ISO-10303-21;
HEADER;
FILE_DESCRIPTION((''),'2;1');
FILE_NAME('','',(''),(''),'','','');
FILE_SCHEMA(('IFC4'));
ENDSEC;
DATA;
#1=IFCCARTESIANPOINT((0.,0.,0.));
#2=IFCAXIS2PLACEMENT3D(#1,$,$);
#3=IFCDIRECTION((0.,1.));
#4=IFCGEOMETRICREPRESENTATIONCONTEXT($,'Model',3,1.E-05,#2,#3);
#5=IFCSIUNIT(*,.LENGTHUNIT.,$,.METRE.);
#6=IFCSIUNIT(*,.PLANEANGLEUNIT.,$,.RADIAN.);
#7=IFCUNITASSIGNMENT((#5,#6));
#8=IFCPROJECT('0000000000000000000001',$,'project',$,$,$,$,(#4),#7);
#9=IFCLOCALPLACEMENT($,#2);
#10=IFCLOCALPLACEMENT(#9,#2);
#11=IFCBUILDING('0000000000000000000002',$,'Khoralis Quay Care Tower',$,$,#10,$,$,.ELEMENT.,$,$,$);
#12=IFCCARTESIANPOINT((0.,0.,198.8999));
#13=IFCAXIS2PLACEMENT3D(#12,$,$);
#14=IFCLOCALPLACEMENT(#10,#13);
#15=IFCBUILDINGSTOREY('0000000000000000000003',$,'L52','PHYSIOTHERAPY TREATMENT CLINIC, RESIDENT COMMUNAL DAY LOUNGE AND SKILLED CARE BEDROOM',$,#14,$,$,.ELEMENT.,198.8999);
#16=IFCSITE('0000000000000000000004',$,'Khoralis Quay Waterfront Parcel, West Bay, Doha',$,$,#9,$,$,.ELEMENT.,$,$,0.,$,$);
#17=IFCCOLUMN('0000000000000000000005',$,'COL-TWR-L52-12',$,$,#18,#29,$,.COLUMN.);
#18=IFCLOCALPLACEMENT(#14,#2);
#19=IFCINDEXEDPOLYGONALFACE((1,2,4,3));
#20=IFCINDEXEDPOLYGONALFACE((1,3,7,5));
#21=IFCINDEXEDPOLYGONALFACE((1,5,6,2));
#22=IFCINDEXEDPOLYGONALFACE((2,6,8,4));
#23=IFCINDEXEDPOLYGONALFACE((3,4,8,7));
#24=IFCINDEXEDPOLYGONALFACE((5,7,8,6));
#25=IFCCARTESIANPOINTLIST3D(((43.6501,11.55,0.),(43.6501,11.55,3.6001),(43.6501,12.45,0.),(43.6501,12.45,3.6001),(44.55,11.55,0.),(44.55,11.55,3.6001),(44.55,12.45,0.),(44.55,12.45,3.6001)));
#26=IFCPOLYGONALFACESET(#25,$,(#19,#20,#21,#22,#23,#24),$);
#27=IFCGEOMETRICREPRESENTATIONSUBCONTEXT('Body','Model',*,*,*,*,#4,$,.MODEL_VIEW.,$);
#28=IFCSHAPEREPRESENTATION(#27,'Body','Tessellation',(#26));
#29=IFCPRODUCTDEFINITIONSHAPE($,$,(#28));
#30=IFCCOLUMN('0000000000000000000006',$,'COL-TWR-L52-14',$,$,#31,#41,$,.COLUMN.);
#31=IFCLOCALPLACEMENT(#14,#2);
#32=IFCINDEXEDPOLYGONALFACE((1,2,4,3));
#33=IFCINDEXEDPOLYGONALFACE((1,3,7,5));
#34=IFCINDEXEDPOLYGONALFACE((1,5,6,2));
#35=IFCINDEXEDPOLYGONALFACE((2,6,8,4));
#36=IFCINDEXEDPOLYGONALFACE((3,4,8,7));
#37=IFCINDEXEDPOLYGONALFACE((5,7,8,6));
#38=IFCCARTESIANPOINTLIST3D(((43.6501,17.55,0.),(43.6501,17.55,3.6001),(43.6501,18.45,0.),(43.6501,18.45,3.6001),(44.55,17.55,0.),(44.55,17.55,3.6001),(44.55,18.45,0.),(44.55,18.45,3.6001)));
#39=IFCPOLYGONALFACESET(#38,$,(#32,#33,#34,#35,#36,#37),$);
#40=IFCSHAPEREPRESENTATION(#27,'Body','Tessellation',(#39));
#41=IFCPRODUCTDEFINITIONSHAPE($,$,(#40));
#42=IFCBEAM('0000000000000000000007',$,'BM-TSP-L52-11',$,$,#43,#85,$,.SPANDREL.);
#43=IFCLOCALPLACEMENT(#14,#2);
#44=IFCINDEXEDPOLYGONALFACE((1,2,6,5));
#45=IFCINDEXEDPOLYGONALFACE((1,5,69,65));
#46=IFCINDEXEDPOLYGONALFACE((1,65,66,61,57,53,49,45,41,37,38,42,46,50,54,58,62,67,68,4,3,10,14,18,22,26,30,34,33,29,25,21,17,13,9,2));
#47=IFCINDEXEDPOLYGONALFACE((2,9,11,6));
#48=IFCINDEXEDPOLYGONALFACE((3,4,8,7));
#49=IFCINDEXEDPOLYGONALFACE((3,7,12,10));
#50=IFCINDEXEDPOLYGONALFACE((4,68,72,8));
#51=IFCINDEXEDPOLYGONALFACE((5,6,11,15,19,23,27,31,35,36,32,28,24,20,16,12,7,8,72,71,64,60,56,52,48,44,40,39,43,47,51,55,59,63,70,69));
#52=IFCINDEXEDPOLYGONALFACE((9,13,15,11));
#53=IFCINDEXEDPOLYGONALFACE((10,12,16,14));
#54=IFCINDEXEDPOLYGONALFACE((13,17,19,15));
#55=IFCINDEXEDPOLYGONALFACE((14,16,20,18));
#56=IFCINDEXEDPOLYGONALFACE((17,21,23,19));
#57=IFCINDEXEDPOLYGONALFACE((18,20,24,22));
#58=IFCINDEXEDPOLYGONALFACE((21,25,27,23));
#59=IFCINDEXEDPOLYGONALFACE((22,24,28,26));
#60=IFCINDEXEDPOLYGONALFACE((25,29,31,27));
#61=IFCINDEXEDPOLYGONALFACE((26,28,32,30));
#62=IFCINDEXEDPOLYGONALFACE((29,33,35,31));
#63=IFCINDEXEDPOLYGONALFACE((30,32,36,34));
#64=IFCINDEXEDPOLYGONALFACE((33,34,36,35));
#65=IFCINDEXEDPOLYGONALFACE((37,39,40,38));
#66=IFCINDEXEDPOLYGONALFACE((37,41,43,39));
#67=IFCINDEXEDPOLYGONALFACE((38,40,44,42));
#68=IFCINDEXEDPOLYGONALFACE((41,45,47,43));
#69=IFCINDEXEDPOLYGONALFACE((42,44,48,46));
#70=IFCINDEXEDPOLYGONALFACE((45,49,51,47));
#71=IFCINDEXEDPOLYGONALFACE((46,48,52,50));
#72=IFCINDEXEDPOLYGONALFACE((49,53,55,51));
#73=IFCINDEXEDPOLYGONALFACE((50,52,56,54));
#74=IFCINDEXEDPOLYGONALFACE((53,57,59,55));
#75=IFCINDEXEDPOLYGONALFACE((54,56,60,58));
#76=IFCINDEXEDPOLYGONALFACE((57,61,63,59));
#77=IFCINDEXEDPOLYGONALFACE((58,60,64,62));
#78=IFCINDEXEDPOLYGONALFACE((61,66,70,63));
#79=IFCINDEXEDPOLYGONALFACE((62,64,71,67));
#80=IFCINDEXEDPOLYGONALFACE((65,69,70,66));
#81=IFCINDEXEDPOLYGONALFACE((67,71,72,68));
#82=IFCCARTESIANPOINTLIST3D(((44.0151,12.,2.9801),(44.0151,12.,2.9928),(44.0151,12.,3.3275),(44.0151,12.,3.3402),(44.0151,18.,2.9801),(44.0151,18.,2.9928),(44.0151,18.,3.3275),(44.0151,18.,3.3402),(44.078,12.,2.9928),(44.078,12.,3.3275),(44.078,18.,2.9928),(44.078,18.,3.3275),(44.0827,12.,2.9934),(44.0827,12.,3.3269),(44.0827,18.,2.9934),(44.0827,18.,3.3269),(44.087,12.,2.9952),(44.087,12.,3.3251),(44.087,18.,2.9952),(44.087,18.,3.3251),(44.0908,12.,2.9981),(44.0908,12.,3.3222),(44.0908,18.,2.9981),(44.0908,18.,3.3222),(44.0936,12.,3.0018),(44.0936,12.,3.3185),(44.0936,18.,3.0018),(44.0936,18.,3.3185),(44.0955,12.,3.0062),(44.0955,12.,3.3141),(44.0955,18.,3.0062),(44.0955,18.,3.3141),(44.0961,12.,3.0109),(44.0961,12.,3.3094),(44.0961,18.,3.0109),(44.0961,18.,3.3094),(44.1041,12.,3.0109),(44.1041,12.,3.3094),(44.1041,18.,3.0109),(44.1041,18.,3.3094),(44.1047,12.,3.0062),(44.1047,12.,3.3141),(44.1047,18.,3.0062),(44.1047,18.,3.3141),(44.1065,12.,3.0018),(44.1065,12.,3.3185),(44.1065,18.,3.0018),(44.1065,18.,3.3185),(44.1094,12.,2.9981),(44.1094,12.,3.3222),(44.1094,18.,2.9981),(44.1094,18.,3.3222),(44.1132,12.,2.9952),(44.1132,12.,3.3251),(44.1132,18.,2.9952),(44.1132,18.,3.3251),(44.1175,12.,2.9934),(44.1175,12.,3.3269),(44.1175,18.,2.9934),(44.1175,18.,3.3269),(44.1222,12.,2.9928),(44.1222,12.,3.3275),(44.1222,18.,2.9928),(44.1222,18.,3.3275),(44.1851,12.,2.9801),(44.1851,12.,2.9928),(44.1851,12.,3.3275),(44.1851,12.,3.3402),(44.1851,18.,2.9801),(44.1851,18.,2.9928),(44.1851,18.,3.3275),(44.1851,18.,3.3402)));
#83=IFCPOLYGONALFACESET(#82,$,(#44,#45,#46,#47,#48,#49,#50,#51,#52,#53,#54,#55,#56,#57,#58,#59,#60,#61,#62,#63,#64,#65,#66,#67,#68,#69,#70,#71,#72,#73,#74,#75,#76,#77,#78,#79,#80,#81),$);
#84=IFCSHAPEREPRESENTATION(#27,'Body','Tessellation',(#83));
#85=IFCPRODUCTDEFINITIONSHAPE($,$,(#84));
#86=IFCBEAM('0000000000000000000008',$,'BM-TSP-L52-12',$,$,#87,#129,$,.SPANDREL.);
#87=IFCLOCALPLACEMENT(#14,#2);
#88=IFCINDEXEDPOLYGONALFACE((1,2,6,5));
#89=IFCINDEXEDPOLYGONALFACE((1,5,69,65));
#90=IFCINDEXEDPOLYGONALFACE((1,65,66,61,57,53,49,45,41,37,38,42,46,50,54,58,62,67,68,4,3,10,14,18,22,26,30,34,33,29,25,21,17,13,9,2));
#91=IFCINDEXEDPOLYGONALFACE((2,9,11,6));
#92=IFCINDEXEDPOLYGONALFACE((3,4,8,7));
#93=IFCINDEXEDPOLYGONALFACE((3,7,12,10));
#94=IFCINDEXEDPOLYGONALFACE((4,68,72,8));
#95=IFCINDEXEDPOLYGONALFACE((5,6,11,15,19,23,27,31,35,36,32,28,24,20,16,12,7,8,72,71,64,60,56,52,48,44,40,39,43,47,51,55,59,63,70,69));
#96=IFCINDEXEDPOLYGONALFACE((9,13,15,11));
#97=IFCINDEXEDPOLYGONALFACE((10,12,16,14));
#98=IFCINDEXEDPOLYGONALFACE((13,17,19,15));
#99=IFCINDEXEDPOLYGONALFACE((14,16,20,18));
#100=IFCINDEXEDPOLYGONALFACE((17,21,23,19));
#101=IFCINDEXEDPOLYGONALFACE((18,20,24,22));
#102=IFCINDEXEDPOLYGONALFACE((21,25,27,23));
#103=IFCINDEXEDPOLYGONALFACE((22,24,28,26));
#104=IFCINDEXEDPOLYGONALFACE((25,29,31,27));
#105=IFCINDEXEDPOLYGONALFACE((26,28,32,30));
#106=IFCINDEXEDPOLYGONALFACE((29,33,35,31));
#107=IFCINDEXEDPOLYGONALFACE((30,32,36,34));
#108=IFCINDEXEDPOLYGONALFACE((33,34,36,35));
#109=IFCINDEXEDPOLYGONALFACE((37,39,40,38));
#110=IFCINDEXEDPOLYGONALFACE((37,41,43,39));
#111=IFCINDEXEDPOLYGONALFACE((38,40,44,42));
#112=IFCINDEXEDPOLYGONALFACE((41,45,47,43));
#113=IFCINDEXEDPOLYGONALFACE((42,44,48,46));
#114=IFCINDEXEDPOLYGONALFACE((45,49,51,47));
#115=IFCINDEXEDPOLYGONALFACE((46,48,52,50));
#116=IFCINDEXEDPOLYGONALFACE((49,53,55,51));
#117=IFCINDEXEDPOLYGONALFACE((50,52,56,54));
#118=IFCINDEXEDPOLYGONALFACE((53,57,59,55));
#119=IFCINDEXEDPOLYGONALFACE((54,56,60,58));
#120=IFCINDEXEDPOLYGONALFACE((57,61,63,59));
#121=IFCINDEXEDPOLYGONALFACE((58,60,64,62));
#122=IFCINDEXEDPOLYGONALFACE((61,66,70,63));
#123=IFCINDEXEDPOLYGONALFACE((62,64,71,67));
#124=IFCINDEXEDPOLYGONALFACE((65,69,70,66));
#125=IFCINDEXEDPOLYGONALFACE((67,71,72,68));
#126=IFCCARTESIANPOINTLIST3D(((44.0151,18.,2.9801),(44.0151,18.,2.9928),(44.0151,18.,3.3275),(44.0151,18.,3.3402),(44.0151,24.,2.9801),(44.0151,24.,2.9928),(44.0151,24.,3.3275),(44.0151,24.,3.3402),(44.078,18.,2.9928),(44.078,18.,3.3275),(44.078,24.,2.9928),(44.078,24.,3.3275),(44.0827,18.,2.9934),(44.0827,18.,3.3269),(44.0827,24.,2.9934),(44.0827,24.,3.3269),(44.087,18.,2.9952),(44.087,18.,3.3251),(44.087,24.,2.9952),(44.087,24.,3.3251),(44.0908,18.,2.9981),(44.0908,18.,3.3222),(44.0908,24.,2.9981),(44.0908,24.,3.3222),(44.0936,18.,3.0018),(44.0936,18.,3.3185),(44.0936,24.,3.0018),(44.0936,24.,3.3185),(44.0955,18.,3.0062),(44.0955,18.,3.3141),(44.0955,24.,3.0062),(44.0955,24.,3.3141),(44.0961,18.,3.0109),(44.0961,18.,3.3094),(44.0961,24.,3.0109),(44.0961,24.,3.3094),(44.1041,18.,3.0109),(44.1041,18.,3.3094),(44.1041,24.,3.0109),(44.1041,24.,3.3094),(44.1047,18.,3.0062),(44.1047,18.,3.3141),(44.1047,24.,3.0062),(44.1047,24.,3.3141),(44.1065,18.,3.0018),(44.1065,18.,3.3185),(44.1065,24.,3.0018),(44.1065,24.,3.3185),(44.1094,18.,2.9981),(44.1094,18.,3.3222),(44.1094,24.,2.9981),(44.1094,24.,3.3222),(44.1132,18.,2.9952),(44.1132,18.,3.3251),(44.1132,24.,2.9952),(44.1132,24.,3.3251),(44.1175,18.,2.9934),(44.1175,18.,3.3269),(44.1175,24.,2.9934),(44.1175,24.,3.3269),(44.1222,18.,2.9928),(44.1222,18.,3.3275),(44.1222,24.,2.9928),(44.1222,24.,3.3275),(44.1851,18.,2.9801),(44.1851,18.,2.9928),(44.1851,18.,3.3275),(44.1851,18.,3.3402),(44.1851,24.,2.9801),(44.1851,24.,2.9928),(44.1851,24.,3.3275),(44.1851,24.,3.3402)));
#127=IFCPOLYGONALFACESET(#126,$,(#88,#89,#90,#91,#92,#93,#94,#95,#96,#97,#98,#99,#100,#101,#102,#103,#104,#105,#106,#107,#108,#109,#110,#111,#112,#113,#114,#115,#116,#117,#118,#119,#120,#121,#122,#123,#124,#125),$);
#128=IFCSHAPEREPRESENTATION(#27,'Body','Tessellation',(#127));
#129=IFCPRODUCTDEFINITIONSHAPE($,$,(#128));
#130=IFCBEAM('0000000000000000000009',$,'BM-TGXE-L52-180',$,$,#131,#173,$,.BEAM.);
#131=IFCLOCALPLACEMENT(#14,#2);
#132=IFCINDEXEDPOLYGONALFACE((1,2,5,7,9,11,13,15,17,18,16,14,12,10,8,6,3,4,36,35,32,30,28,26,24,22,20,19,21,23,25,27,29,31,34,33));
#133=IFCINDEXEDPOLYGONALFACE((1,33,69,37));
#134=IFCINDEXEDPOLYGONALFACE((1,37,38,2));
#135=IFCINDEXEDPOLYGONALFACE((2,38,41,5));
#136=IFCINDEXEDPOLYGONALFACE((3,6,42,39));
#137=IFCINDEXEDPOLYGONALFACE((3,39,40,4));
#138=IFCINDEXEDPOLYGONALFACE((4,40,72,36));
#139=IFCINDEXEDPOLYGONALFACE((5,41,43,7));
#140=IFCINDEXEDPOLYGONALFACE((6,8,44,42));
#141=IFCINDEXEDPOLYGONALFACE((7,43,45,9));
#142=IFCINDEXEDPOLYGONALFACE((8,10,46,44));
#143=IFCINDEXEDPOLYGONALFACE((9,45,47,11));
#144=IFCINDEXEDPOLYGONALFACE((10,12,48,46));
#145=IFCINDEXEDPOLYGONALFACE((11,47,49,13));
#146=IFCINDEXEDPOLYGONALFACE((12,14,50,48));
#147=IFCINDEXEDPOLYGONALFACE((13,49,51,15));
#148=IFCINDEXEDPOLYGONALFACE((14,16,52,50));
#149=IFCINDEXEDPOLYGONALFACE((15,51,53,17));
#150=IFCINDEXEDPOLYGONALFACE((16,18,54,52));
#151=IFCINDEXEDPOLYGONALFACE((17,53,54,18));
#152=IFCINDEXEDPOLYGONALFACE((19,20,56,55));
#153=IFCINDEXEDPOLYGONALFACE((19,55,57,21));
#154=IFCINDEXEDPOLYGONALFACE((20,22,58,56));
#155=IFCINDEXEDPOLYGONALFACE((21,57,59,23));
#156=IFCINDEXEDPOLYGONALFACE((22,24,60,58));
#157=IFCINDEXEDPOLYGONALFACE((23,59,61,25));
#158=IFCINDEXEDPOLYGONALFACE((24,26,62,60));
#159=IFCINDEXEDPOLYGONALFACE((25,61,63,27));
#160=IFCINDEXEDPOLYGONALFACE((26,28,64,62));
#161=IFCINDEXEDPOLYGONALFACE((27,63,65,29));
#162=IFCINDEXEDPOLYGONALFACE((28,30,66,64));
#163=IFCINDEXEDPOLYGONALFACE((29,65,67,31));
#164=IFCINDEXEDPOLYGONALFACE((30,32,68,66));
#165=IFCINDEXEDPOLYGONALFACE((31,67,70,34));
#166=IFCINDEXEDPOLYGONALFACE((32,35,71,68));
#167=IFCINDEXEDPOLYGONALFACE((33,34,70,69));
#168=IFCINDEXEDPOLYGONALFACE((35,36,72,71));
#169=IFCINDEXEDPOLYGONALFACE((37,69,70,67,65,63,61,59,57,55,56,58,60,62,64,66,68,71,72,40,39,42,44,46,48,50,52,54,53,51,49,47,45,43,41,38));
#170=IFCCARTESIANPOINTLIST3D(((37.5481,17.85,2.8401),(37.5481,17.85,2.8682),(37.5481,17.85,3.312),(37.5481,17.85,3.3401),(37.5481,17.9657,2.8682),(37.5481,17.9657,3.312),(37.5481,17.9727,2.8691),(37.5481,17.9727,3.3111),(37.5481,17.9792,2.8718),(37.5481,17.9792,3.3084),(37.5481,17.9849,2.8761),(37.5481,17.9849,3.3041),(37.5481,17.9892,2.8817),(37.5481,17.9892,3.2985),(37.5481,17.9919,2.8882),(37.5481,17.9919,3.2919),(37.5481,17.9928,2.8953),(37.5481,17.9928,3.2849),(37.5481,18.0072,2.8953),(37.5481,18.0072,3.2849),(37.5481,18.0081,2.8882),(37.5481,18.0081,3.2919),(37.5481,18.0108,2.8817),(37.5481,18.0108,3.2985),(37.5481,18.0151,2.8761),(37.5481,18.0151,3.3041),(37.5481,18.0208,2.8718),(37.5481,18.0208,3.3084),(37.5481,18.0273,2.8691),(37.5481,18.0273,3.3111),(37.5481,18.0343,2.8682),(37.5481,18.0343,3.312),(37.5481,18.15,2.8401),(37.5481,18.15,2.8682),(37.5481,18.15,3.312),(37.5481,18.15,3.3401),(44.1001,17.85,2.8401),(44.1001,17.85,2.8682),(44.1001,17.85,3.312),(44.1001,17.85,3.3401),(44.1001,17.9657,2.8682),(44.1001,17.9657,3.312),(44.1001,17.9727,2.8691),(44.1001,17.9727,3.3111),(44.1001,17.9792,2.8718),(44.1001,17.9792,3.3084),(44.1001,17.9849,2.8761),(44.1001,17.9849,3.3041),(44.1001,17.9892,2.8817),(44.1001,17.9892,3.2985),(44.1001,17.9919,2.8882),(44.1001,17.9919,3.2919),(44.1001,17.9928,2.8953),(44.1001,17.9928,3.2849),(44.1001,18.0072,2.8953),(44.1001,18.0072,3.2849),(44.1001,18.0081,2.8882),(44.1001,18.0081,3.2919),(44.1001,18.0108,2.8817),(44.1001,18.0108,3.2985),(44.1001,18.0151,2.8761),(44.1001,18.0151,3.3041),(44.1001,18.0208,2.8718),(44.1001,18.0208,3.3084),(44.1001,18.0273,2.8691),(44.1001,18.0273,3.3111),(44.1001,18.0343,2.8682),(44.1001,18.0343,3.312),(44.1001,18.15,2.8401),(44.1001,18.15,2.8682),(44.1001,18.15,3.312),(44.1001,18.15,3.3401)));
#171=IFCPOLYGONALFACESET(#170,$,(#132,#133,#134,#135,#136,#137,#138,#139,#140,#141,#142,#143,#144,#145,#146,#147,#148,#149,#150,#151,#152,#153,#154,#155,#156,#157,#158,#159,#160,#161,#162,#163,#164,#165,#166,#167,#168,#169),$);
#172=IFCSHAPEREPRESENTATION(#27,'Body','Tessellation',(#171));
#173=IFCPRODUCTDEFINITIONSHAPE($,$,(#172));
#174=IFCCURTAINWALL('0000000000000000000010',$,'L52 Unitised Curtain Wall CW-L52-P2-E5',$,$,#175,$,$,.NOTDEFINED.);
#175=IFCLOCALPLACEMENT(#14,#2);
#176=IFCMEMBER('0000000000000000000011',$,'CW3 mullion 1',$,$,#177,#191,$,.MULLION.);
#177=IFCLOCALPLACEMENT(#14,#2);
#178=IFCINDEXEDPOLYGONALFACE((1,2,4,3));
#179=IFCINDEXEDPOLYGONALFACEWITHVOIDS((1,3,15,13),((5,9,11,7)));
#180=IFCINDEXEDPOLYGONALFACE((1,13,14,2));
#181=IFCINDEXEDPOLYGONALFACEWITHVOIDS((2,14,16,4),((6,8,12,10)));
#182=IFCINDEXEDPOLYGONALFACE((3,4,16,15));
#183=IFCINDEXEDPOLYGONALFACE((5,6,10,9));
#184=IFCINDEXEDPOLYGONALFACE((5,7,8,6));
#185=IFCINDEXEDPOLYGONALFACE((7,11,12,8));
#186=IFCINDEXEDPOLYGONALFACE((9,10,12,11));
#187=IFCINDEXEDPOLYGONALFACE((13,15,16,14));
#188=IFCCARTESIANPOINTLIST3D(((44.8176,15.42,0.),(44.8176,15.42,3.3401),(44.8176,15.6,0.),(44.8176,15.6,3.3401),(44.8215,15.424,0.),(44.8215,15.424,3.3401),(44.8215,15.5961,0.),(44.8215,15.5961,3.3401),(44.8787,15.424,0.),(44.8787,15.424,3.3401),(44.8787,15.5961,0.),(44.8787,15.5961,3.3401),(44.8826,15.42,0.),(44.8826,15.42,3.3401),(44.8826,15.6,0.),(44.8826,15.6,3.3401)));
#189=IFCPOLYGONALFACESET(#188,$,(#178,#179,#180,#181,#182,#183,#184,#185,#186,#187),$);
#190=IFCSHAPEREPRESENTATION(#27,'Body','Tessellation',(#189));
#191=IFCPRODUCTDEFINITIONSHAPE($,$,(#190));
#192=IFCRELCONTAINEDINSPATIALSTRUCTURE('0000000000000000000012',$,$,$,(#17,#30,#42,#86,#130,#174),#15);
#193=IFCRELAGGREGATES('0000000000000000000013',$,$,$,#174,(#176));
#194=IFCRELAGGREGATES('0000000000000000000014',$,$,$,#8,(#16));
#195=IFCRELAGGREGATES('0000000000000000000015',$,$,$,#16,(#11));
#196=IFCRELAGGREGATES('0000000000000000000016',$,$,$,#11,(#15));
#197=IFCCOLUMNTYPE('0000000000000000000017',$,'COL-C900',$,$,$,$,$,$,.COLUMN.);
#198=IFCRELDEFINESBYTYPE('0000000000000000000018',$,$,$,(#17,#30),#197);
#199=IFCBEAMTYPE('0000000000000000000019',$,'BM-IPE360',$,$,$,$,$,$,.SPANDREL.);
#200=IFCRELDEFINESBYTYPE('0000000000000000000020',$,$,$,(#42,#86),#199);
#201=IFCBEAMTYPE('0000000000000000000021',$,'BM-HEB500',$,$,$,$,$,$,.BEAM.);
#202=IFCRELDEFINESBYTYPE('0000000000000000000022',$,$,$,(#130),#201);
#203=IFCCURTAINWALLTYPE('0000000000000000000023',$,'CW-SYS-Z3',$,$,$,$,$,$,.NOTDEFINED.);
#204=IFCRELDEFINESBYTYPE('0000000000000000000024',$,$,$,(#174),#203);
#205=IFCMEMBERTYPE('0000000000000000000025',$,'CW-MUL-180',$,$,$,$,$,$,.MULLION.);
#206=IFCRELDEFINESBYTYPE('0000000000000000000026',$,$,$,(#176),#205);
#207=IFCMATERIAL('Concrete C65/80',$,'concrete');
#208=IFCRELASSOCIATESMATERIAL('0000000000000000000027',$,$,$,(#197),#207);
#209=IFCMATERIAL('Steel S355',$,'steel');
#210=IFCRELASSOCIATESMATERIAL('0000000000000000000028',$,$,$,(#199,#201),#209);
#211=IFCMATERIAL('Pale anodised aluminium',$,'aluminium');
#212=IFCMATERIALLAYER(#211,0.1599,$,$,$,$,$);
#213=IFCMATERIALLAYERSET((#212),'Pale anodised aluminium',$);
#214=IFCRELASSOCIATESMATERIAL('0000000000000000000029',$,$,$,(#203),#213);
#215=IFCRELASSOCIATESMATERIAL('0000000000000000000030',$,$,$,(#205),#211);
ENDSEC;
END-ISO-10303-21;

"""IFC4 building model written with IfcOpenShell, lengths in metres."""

from ifc_helpers import new_model, si_unit, direction, frame, origin, origin_2d, place, context, subcontext, project, spatial, rectangle, hollow_rectangle, i_section, extrude, source, transform, mapped, material, layer, layer_set, material_profile, profile_set, type_object, element, aggregate, save


model = new_model("IFC4")

# Units and contexts
model_context = context("Model", 3, precision=1e-05, world=origin(), true_north=direction((0.0, 1.0)))
body_context = subcontext(model_context, "Body", "Model", "MODEL_VIEW")
ifc_project = project(units=[si_unit("LENGTHUNIT", "METRE"), si_unit("PLANEANGLEUNIT", "RADIAN")], contexts=[model_context])

# Site, building, storey
site_placement = place(None, origin())
site = spatial("IfcSite", under=ifc_project, at=site_placement, Name="Khoralis Quay Waterfront Parcel, West Bay, Doha", CompositionType="ELEMENT", RefElevation=0.0)
building_placement = place(site_placement, origin())
building = spatial("IfcBuilding", under=site, at=building_placement, Name="Khoralis Quay Care Tower", CompositionType="ELEMENT")
storey_placement = place(building_placement, frame((0.0, 0.0, 198.8999)))
storey = spatial("IfcBuildingStorey", under=building, at=storey_placement, Name="L52", Description="PHYSIOTHERAPY TREATMENT CLINIC, RESIDENT COMMUNAL DAY LOUNGE AND SKILLED CARE BEDROOM", CompositionType="ELEMENT", Elevation=198.8999)

# Columns
ifc_material_1 = material(Name="Concrete C65/80", Category="concrete")
ifc_material_profile_1 = material_profile(ifc_material_1, rectangle(XDim=0.8999, YDim=0.8999, at=origin_2d()), Name="Concrete C65/80")
ifc_profile_set_1 = profile_set([ifc_material_profile_1], Name="Concrete C65/80")
column_type = type_object("IfcColumnType", Name="COL-C900", PredefinedType="COLUMN", material=ifc_profile_set_1)
shared_shape_1 = source(origin(), body_context, "Body", "SweptSolid", [
    extrude(rectangle(XDim=0.8999, YDim=0.8999, at=origin_2d()), origin(), (0.0, 0.0, 1.0), 3.6001),
])
for number, where, z_axis, x_axis, name in (
    (1, (44.1001, 12.0, 0.0), (0.0, 0.0, 1.0), (1.0, 0.0, 0.0), "COL-TWR-L52-12"),
    (2, (44.1001, 18.0, 0.0), (0.0, 0.0, 1.0), (1.0, 0.0, 0.0), "COL-TWR-L52-14"),
):
    element("IfcColumn", number, at=place(storey_placement, frame(where, z_axis=z_axis, x_axis=x_axis)), inside=storey, type_object=column_type, Name=name, PredefinedType="COLUMN", context=body_context, shape_type="MappedRepresentation", body=[
        mapped(shared_shape_1, transform((0.0, 0.0, 0.0), scale=1.0)),
    ])

# Beams
ifc_material_2 = material(Name="Steel S355", Category="steel")
ifc_material_profile_2 = material_profile(ifc_material_2, i_section(OverallWidth=0.1699, OverallDepth=0.3601, WebThickness=0.0081, FlangeThickness=0.0127, FilletRadius=0.0181, at=origin_2d()), Name="Steel S355")
ifc_profile_set_2 = profile_set([ifc_material_profile_2], Name="Steel S355")
beam_type_1 = type_object("IfcBeamType", Name="BM-IPE360", PredefinedType="SPANDREL", material=ifc_profile_set_2)
shared_shape_2 = source(origin(), body_context, "Body", "SweptSolid", [
    extrude(i_section(OverallWidth=0.1699, OverallDepth=0.3601, WebThickness=0.0081, FlangeThickness=0.0127, FilletRadius=0.0181, at=origin_2d()), origin(), (0.0, 0.0, 1.0), 6.0),
])
for number, where, z_axis, x_axis, name in (
    (3, (44.1001, 12.0, 3.1602), (0.0, 1.0, 0.0), (-1.0, 0.0, 0.0), "BM-TSP-L52-11"),
    (4, (44.1001, 18.0, 3.1602), (0.0, 1.0, 0.0), (-1.0, 0.0, 0.0), "BM-TSP-L52-12"),
):
    element("IfcBeam", number, at=place(storey_placement, frame(where, z_axis=z_axis, x_axis=x_axis)), inside=storey, type_object=beam_type_1, Name=name, PredefinedType="SPANDREL", context=body_context, shape_type="MappedRepresentation", body=[
        mapped(shared_shape_2, transform((0.0, 0.0, 0.0), scale=1.0)),
    ])
ifc_material_profile_3 = material_profile(ifc_material_2, i_section(OverallWidth=0.3, OverallDepth=0.5, WebThickness=0.0144, FlangeThickness=0.0281, FilletRadius=0.0271, at=origin_2d()), Name="Steel S355")
ifc_profile_set_3 = profile_set([ifc_material_profile_3], Name="Steel S355")
beam_type_2 = type_object("IfcBeamType", Name="BM-HEB500", PredefinedType="BEAM", material=ifc_profile_set_3)
shared_shape_3 = source(origin(), body_context, "Body", "SweptSolid", [
    extrude(i_section(OverallWidth=0.3, OverallDepth=0.5, WebThickness=0.0144, FlangeThickness=0.0281, FilletRadius=0.0271, at=origin_2d()), origin(), (0.0, 0.0, 1.0), 6.552),
])
beam_placement = place(storey_placement, frame((37.5481, 18.0, 3.0901), z_axis=(1.0, 0.0, 0.0), x_axis=(0.0, 1.0, 0.0)))
element("IfcBeam", 5, at=beam_placement, inside=storey, type_object=beam_type_2, Name="BM-TGXE-L52-180", PredefinedType="BEAM", context=body_context, shape_type="MappedRepresentation", body=[
    mapped(shared_shape_3, transform((0.0, 0.0, 0.0), scale=1.0)),
])

# Curtain wall, member
ifc_material_3 = material(Name="Pale anodised aluminium", Category="aluminium")
ifc_layer_1 = layer(ifc_material_3, 0.1599)
ifc_layer_set_1 = layer_set([ifc_layer_1], Name="Pale anodised aluminium")
curtain_wall_type = type_object("IfcCurtainWallType", Name="CW-SYS-Z3", PredefinedType="NOTDEFINED", material=ifc_layer_set_1)
curtain_wall_placement = place(storey_placement, origin())
curtain_wall = element("IfcCurtainWall", 6, at=curtain_wall_placement, inside=storey, type_object=curtain_wall_type, Name="L52 Unitised Curtain Wall CW-L52-P2-E5", PredefinedType="NOTDEFINED")
ifc_material_profile_4 = material_profile(ifc_material_3, hollow_rectangle(XDim=0.0649, YDim=0.1799, WallThickness=0.0039, at=origin_2d()), Name="Pale anodised aluminium")
ifc_profile_set_4 = profile_set([ifc_material_profile_4], Name="Pale anodised aluminium")
member_type_1 = type_object("IfcMemberType", Name="CW-MUL-180", PredefinedType="MULLION", material=ifc_profile_set_4)
shared_shape_4 = source(origin(), body_context, "Body", "SweptSolid", [
    extrude(hollow_rectangle(XDim=0.0649, YDim=0.1799, WallThickness=0.0039, at=origin_2d()), origin(), (0.0, 0.0, 1.0), 3.3401),
])
member_1_placement = place(storey_placement, frame((44.8501, 15.51, 0.0), z_axis=(0.0, 0.0, 1.0), x_axis=(-1.0, 0.0, 0.0)))
member_1 = element("IfcMember", 7, at=member_1_placement, type_object=member_type_1, Name="CW3 mullion 1", PredefinedType="MULLION", context=body_context, shape_type="MappedRepresentation", body=[
    mapped(shared_shape_4, transform((0.0, 0.0, 0.0), scale=1.0)),
])
aggregate(curtain_wall, [member_1])

save(model, "model.ifc")
